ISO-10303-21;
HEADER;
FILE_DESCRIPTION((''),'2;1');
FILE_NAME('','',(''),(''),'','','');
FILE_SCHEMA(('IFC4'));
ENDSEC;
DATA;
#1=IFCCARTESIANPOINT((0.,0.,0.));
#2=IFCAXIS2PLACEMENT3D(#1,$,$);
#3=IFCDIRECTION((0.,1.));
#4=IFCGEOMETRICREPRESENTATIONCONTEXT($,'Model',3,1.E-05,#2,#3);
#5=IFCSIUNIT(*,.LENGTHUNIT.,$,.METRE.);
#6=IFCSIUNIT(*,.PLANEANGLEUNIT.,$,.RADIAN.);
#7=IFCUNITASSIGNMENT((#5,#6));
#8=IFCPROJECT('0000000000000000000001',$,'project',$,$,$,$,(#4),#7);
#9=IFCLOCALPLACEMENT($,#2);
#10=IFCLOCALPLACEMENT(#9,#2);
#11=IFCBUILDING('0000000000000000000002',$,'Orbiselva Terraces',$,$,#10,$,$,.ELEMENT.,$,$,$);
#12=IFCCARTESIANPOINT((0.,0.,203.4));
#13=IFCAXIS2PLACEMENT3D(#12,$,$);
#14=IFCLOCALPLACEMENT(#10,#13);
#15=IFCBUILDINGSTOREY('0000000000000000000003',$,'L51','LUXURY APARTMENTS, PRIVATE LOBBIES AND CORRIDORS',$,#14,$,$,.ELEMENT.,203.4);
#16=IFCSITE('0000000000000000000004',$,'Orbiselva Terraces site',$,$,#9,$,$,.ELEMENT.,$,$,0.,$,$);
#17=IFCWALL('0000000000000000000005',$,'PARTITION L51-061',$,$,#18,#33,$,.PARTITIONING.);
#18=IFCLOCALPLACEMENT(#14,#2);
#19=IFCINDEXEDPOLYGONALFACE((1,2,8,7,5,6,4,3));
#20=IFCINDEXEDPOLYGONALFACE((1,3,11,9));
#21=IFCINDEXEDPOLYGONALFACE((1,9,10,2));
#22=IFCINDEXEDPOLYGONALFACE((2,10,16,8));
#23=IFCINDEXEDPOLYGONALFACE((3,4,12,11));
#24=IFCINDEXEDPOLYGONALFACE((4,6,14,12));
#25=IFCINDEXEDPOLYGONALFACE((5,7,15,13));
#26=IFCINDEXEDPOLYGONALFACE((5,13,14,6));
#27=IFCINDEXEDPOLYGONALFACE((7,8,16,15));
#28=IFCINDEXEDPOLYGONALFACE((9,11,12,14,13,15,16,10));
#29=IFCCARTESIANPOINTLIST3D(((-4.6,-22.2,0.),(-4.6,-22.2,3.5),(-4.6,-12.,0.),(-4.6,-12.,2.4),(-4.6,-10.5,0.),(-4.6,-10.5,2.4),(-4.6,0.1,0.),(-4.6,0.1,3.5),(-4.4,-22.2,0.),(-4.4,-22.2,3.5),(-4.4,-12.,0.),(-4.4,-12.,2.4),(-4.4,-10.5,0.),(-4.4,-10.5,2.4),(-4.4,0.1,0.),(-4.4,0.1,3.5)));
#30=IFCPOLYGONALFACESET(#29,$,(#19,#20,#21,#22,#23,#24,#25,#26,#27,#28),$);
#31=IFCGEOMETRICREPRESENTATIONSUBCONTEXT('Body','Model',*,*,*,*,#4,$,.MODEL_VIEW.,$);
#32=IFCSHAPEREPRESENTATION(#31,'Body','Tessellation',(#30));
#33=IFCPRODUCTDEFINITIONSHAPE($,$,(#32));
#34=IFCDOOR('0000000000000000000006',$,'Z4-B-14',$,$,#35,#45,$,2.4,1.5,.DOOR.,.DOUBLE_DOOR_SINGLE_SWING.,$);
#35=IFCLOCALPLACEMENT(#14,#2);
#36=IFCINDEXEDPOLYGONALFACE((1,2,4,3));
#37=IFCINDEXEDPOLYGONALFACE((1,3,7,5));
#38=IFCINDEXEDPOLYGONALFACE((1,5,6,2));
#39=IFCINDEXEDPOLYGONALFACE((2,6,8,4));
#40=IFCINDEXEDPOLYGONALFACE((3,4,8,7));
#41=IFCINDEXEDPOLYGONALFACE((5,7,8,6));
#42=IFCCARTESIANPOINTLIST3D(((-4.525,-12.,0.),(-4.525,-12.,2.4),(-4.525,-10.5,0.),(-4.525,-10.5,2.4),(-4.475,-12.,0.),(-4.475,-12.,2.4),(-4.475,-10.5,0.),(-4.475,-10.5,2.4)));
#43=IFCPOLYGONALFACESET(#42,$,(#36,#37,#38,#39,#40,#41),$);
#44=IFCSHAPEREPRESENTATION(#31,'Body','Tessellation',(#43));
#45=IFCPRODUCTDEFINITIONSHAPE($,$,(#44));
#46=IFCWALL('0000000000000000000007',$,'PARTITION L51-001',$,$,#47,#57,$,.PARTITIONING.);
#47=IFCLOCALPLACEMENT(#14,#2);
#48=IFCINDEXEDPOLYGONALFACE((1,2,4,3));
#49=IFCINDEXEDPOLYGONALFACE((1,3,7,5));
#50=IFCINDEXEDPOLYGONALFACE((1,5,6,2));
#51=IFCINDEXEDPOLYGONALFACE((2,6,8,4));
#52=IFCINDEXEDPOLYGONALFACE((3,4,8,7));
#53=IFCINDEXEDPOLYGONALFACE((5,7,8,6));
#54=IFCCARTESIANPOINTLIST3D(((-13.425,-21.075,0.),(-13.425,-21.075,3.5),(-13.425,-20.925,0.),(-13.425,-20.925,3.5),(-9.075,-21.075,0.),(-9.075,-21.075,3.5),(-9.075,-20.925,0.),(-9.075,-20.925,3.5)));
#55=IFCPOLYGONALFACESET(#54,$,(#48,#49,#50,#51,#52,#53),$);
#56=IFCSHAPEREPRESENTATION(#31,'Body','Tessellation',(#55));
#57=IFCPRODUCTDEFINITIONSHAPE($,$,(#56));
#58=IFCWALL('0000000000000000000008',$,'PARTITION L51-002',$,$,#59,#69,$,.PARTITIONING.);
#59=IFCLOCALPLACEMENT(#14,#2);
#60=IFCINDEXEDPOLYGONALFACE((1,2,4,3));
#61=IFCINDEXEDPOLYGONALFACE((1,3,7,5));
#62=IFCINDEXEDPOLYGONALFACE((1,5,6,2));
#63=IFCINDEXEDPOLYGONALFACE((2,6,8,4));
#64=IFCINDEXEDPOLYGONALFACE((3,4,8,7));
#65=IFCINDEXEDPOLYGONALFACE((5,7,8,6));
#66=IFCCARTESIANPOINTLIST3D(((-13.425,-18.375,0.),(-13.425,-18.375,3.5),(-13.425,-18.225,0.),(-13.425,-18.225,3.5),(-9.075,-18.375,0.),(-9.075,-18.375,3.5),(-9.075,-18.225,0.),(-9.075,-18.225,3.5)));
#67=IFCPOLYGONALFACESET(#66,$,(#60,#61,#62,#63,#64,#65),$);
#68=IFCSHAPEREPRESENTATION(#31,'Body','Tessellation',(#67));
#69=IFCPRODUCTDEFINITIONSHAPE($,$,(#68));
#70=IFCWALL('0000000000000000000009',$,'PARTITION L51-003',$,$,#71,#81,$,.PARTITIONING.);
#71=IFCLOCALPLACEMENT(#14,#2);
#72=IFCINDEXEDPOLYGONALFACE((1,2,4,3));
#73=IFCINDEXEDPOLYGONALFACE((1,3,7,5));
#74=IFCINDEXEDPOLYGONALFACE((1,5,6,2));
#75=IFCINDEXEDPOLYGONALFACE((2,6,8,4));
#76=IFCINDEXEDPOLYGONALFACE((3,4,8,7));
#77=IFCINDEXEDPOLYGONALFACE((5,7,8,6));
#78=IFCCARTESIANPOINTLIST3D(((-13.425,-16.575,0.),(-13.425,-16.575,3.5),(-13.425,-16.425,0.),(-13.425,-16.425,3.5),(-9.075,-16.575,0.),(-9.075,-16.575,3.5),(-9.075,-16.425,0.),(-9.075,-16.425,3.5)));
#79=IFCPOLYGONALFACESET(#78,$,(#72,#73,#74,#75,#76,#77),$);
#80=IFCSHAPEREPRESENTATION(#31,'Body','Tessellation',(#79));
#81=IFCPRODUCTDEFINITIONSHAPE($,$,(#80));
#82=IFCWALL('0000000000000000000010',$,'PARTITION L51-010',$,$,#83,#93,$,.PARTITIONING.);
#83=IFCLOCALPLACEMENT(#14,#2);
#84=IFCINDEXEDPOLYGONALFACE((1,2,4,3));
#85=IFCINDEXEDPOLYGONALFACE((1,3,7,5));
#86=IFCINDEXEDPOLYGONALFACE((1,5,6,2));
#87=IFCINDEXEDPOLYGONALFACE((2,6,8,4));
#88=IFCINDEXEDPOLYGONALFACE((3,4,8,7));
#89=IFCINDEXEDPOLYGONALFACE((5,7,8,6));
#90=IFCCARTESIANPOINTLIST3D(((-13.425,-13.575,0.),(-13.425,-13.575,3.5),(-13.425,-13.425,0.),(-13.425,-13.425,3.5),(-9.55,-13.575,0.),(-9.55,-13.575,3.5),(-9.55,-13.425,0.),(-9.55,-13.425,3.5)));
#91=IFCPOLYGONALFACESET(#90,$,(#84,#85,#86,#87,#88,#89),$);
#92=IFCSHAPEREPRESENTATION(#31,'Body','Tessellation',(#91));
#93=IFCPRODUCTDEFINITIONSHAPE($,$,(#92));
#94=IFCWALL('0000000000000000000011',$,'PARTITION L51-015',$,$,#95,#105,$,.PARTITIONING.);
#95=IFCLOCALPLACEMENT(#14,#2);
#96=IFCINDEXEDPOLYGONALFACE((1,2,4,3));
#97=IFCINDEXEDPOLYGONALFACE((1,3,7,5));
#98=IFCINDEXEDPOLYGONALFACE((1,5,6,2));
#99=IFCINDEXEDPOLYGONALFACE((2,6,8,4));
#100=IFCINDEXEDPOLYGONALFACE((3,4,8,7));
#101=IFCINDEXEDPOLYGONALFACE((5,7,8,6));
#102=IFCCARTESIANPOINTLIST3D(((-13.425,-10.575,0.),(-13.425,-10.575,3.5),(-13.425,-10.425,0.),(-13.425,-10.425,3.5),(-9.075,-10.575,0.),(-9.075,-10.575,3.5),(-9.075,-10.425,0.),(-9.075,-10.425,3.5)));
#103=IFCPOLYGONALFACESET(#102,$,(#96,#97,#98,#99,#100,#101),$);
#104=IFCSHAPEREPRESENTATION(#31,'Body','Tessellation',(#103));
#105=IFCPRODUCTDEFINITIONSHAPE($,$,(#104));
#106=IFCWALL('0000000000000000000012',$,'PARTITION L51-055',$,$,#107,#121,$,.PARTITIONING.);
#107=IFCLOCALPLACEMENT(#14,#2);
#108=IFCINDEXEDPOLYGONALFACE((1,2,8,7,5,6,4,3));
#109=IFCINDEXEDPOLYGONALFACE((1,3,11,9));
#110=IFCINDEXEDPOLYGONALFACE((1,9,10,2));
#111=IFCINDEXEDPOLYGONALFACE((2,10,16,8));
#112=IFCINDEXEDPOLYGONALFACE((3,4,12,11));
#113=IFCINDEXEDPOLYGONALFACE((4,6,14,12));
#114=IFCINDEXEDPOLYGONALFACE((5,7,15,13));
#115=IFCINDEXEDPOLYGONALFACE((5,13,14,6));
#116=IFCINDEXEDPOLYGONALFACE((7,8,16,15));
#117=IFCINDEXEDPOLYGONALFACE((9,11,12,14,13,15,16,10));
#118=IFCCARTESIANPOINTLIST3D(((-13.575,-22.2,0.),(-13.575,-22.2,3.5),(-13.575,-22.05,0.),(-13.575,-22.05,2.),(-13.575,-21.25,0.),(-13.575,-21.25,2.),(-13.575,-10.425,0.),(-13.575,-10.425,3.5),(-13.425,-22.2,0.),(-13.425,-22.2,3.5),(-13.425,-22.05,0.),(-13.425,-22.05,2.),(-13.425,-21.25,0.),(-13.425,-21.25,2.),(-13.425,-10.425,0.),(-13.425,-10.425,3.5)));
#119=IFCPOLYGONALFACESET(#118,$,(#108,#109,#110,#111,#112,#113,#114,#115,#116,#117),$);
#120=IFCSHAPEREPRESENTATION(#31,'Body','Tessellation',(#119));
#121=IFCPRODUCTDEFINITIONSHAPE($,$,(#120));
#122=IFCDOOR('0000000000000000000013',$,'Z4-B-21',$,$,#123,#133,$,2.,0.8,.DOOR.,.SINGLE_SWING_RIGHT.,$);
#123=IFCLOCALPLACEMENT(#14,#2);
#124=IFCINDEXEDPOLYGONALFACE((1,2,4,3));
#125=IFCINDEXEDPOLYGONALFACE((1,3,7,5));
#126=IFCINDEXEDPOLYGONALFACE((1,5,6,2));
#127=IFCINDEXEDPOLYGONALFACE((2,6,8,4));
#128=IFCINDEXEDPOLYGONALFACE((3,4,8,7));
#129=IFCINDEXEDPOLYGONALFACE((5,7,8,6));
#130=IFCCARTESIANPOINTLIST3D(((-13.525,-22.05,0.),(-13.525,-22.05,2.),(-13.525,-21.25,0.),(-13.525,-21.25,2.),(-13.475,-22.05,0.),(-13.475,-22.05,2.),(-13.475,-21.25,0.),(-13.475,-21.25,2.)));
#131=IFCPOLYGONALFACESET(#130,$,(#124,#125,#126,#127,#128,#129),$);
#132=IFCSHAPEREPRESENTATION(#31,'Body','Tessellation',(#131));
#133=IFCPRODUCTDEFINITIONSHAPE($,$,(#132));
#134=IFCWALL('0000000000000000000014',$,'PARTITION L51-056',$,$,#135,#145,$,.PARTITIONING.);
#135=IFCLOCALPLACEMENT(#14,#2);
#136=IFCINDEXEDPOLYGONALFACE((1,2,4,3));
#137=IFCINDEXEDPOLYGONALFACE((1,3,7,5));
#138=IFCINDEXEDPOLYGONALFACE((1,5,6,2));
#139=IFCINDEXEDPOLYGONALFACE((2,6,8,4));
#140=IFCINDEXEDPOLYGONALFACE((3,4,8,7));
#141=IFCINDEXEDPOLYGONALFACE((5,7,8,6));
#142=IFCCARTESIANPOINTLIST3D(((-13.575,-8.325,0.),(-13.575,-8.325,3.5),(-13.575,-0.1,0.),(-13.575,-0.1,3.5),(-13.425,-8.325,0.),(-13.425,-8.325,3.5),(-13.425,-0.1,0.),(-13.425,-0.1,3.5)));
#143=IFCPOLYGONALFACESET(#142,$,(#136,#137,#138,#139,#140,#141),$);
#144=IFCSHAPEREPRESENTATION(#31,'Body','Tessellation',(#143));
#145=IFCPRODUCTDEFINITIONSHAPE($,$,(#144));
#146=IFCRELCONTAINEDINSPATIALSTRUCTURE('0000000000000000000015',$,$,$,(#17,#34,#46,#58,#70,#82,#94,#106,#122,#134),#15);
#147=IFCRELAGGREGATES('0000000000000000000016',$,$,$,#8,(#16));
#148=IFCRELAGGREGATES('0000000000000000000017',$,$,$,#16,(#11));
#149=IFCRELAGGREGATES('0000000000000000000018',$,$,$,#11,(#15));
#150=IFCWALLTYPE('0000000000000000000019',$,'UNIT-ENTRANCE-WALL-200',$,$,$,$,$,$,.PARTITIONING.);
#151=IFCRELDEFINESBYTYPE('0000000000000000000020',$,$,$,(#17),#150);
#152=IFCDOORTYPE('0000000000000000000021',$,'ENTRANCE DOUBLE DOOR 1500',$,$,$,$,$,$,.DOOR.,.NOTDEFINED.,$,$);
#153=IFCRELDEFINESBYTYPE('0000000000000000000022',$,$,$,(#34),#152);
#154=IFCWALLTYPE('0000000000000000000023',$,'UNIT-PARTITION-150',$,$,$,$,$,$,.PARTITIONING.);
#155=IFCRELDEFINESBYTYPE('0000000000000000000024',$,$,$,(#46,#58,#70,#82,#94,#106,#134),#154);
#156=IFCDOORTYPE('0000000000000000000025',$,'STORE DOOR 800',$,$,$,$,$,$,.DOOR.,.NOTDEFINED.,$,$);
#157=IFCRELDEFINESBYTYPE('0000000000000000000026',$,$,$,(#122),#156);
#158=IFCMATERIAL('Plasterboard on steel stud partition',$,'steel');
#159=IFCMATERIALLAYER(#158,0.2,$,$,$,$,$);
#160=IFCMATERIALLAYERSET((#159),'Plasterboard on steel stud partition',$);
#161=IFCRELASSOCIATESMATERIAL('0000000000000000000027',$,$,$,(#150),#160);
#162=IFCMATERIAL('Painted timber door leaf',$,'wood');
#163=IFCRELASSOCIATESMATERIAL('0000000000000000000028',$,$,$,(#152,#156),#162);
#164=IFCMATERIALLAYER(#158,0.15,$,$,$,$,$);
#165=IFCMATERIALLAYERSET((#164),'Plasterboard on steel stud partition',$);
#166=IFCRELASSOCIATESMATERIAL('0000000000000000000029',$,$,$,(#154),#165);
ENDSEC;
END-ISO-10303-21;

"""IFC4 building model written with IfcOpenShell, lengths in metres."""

from ifc_helpers import new_model, si_unit, direction, frame, frame_2d, origin, place, context, subcontext, project, spatial, rectangle, extrude, material, layer, layer_set, type_object, element, fill, save


model = new_model("IFC4")

# Units and contexts
model_context = context("Model", 3, precision=1e-05, world=origin(), true_north=direction((0.0, 1.0)))
body_context = subcontext(model_context, "Body", "Model", "MODEL_VIEW")
ifc_project = project(units=[si_unit("LENGTHUNIT", "METRE"), si_unit("PLANEANGLEUNIT", "RADIAN")], contexts=[model_context])

# Site, building, storey
site_placement = place(None, origin())
site = spatial("IfcSite", under=ifc_project, at=site_placement, Name="Orbiselva Terraces site", CompositionType="ELEMENT", RefElevation=0.0)
building_placement = place(site_placement, origin())
building = spatial("IfcBuilding", under=site, at=building_placement, Name="Orbiselva Terraces", CompositionType="ELEMENT")
storey_placement = place(building_placement, frame((0.0, 0.0, 203.4)))
storey = spatial("IfcBuildingStorey", under=building, at=storey_placement, Name="L51", Description="LUXURY APARTMENTS, PRIVATE LOBBIES AND CORRIDORS", CompositionType="ELEMENT", Elevation=203.4)

# Wall, opening, door
ifc_material_1 = material(Name="Plasterboard on steel stud partition", Category="steel")
ifc_layer_1 = layer(ifc_material_1, 0.2)
ifc_layer_set_1 = layer_set([ifc_layer_1], Name="Plasterboard on steel stud partition")
wall_type_1 = type_object("IfcWallType", Name="UNIT-ENTRANCE-WALL-200", PredefinedType="PARTITIONING", material=ifc_layer_set_1)
wall_1_placement = place(storey_placement, frame((-4.5, -22.2, 0.0), z_axis=(0.0, 0.0, 1.0), x_axis=(0.0, 1.0, 0.0)))
wall_1 = element("IfcWall", 1, at=wall_1_placement, inside=storey, type_object=wall_type_1, Name="PARTITION L51-061", PredefinedType="PARTITIONING", context=body_context, shape_type="SweptSolid", body=[
    extrude(rectangle(XDim=22.3, YDim=0.2, at=frame_2d((11.15, 0.0))), origin(), (0.0, 0.0, 1.0), 3.5),
])
opening_1_placement = place(wall_1_placement, frame((10.2, 0.0, 0.0)))
opening_1 = element("IfcOpeningElement", 2, at=opening_1_placement, cuts=wall_1, PredefinedType="OPENING", context=body_context, shape_type="SweptSolid", body=[
    extrude(rectangle(XDim=1.5, YDim=2.4, at=frame_2d((0.75, 1.2))), frame((0.0, 0.11, 0.0), z_axis=(0.0, -1.0, 0.0), x_axis=(1.0, 0.0, 0.0)), (0.0, 0.0, 1.0), 0.22),
])
ifc_material_2 = material(Name="Painted timber door leaf", Category="wood")
door_type_1 = type_object("IfcDoorType", Name="ENTRANCE DOUBLE DOOR 1500", OperationType="NOTDEFINED", PredefinedType="DOOR", material=ifc_material_2)
door_1_placement = place(opening_1_placement, origin())
door_1 = element("IfcDoor", 3, at=door_1_placement, inside=storey, type_object=door_type_1, Name="Z4-B-14", OperationType="DOUBLE_DOOR_SINGLE_SWING", OverallHeight=2.4, OverallWidth=1.5, PredefinedType="DOOR", context=body_context, shape_type="SweptSolid", body=[
    extrude(rectangle(XDim=1.5, YDim=2.4, at=frame_2d((0.75, 1.2))), frame((0.0, 0.025, 0.0), z_axis=(0.0, -1.0, 0.0), x_axis=(1.0, 0.0, 0.0)), (0.0, 0.0, 1.0), 0.05),
])
fill(opening_1, door_1)

# Walls
ifc_layer_2 = layer(ifc_material_1, 0.15)
ifc_layer_set_2 = layer_set([ifc_layer_2], Name="Plasterboard on steel stud partition")
wall_type_2 = type_object("IfcWallType", Name="UNIT-PARTITION-150", PredefinedType="PARTITIONING", material=ifc_layer_set_2)
for number, where, z_axis, x_axis, name in (
    (4, (-13.425, -21.0, 0.0), (0.0, 0.0, 1.0), (1.0, 0.0, 0.0), "PARTITION L51-001"),
    (5, (-13.425, -18.3, 0.0), (0.0, 0.0, 1.0), (1.0, 0.0, 0.0), "PARTITION L51-002"),
    (6, (-13.425, -16.5, 0.0), (0.0, 0.0, 1.0), (1.0, 0.0, 0.0), "PARTITION L51-003"),
):
    element("IfcWall", number, at=place(storey_placement, frame(where, z_axis=z_axis, x_axis=x_axis)), inside=storey, type_object=wall_type_2, Name=name, PredefinedType="PARTITIONING", context=body_context, shape_type="SweptSolid", body=[
        extrude(rectangle(XDim=4.35, YDim=0.15, at=frame_2d((2.175, 0.0))), origin(), (0.0, 0.0, 1.0), 3.5),
    ])
wall_2_placement = place(storey_placement, frame((-13.425, -13.5, 0.0), z_axis=(0.0, 0.0, 1.0), x_axis=(1.0, 0.0, 0.0)))
element("IfcWall", 7, at=wall_2_placement, inside=storey, type_object=wall_type_2, Name="PARTITION L51-010", PredefinedType="PARTITIONING", context=body_context, shape_type="SweptSolid", body=[
    extrude(rectangle(XDim=3.875, YDim=0.15, at=frame_2d((1.9375, 0.0))), origin(), (0.0, 0.0, 1.0), 3.5),
])
wall_3_placement = place(storey_placement, frame((-13.425, -10.5, 0.0), z_axis=(0.0, 0.0, 1.0), x_axis=(1.0, 0.0, 0.0)))
element("IfcWall", 8, at=wall_3_placement, inside=storey, type_object=wall_type_2, Name="PARTITION L51-015", PredefinedType="PARTITIONING", context=body_context, shape_type="SweptSolid", body=[
    extrude(rectangle(XDim=4.35, YDim=0.15, at=frame_2d((2.175, 0.0))), origin(), (0.0, 0.0, 1.0), 3.5),
])

# Wall, opening, door
wall_4_placement = place(storey_placement, frame((-13.5, -10.425, 0.0), z_axis=(0.0, 0.0, 1.0), x_axis=(0.0, -1.0, 0.0)))
wall_4 = element("IfcWall", 9, at=wall_4_placement, inside=storey, type_object=wall_type_2, Name="PARTITION L51-055", PredefinedType="PARTITIONING", context=body_context, shape_type="SweptSolid", body=[
    extrude(rectangle(XDim=11.775, YDim=0.15, at=frame_2d((5.8875, 0.0))), origin(), (0.0, 0.0, 1.0), 3.5),
])
opening_2_placement = place(wall_4_placement, frame((10.825, 0.0, 0.0)))
opening_2 = element("IfcOpeningElement", 10, at=opening_2_placement, cuts=wall_4, PredefinedType="OPENING", context=body_context, shape_type="SweptSolid", body=[
    extrude(rectangle(XDim=0.8, YDim=2.0, at=frame_2d((0.4, 1.0))), frame((0.0, 0.085, 0.0), z_axis=(0.0, -1.0, 0.0), x_axis=(1.0, 0.0, 0.0)), (0.0, 0.0, 1.0), 0.17),
])
door_type_2 = type_object("IfcDoorType", Name="STORE DOOR 800", OperationType="NOTDEFINED", PredefinedType="DOOR", material=ifc_material_2)
door_2_placement = place(opening_2_placement, origin())
door_2 = element("IfcDoor", 11, at=door_2_placement, inside=storey, type_object=door_type_2, Name="Z4-B-21", OperationType="SINGLE_SWING_RIGHT", OverallHeight=2.0, OverallWidth=0.8, PredefinedType="DOOR", context=body_context, shape_type="SweptSolid", body=[
    extrude(rectangle(XDim=0.8, YDim=2.0, at=frame_2d((0.4, 1.0))), frame((0.0, 0.025, 0.0), z_axis=(0.0, -1.0, 0.0), x_axis=(1.0, 0.0, 0.0)), (0.0, 0.0, 1.0), 0.05),
])
fill(opening_2, door_2)

# Wall
wall_5_placement = place(storey_placement, frame((-13.5, -8.325, 0.0), z_axis=(0.0, 0.0, 1.0), x_axis=(0.0, 1.0, 0.0)))
element("IfcWall", 12, at=wall_5_placement, inside=storey, type_object=wall_type_2, Name="PARTITION L51-056", PredefinedType="PARTITIONING", context=body_context, shape_type="SweptSolid", body=[
    extrude(rectangle(XDim=8.225, YDim=0.15, at=frame_2d((4.1125, 0.0))), origin(), (0.0, 0.0, 1.0), 3.5),
])

save(model, "model.ifc")
